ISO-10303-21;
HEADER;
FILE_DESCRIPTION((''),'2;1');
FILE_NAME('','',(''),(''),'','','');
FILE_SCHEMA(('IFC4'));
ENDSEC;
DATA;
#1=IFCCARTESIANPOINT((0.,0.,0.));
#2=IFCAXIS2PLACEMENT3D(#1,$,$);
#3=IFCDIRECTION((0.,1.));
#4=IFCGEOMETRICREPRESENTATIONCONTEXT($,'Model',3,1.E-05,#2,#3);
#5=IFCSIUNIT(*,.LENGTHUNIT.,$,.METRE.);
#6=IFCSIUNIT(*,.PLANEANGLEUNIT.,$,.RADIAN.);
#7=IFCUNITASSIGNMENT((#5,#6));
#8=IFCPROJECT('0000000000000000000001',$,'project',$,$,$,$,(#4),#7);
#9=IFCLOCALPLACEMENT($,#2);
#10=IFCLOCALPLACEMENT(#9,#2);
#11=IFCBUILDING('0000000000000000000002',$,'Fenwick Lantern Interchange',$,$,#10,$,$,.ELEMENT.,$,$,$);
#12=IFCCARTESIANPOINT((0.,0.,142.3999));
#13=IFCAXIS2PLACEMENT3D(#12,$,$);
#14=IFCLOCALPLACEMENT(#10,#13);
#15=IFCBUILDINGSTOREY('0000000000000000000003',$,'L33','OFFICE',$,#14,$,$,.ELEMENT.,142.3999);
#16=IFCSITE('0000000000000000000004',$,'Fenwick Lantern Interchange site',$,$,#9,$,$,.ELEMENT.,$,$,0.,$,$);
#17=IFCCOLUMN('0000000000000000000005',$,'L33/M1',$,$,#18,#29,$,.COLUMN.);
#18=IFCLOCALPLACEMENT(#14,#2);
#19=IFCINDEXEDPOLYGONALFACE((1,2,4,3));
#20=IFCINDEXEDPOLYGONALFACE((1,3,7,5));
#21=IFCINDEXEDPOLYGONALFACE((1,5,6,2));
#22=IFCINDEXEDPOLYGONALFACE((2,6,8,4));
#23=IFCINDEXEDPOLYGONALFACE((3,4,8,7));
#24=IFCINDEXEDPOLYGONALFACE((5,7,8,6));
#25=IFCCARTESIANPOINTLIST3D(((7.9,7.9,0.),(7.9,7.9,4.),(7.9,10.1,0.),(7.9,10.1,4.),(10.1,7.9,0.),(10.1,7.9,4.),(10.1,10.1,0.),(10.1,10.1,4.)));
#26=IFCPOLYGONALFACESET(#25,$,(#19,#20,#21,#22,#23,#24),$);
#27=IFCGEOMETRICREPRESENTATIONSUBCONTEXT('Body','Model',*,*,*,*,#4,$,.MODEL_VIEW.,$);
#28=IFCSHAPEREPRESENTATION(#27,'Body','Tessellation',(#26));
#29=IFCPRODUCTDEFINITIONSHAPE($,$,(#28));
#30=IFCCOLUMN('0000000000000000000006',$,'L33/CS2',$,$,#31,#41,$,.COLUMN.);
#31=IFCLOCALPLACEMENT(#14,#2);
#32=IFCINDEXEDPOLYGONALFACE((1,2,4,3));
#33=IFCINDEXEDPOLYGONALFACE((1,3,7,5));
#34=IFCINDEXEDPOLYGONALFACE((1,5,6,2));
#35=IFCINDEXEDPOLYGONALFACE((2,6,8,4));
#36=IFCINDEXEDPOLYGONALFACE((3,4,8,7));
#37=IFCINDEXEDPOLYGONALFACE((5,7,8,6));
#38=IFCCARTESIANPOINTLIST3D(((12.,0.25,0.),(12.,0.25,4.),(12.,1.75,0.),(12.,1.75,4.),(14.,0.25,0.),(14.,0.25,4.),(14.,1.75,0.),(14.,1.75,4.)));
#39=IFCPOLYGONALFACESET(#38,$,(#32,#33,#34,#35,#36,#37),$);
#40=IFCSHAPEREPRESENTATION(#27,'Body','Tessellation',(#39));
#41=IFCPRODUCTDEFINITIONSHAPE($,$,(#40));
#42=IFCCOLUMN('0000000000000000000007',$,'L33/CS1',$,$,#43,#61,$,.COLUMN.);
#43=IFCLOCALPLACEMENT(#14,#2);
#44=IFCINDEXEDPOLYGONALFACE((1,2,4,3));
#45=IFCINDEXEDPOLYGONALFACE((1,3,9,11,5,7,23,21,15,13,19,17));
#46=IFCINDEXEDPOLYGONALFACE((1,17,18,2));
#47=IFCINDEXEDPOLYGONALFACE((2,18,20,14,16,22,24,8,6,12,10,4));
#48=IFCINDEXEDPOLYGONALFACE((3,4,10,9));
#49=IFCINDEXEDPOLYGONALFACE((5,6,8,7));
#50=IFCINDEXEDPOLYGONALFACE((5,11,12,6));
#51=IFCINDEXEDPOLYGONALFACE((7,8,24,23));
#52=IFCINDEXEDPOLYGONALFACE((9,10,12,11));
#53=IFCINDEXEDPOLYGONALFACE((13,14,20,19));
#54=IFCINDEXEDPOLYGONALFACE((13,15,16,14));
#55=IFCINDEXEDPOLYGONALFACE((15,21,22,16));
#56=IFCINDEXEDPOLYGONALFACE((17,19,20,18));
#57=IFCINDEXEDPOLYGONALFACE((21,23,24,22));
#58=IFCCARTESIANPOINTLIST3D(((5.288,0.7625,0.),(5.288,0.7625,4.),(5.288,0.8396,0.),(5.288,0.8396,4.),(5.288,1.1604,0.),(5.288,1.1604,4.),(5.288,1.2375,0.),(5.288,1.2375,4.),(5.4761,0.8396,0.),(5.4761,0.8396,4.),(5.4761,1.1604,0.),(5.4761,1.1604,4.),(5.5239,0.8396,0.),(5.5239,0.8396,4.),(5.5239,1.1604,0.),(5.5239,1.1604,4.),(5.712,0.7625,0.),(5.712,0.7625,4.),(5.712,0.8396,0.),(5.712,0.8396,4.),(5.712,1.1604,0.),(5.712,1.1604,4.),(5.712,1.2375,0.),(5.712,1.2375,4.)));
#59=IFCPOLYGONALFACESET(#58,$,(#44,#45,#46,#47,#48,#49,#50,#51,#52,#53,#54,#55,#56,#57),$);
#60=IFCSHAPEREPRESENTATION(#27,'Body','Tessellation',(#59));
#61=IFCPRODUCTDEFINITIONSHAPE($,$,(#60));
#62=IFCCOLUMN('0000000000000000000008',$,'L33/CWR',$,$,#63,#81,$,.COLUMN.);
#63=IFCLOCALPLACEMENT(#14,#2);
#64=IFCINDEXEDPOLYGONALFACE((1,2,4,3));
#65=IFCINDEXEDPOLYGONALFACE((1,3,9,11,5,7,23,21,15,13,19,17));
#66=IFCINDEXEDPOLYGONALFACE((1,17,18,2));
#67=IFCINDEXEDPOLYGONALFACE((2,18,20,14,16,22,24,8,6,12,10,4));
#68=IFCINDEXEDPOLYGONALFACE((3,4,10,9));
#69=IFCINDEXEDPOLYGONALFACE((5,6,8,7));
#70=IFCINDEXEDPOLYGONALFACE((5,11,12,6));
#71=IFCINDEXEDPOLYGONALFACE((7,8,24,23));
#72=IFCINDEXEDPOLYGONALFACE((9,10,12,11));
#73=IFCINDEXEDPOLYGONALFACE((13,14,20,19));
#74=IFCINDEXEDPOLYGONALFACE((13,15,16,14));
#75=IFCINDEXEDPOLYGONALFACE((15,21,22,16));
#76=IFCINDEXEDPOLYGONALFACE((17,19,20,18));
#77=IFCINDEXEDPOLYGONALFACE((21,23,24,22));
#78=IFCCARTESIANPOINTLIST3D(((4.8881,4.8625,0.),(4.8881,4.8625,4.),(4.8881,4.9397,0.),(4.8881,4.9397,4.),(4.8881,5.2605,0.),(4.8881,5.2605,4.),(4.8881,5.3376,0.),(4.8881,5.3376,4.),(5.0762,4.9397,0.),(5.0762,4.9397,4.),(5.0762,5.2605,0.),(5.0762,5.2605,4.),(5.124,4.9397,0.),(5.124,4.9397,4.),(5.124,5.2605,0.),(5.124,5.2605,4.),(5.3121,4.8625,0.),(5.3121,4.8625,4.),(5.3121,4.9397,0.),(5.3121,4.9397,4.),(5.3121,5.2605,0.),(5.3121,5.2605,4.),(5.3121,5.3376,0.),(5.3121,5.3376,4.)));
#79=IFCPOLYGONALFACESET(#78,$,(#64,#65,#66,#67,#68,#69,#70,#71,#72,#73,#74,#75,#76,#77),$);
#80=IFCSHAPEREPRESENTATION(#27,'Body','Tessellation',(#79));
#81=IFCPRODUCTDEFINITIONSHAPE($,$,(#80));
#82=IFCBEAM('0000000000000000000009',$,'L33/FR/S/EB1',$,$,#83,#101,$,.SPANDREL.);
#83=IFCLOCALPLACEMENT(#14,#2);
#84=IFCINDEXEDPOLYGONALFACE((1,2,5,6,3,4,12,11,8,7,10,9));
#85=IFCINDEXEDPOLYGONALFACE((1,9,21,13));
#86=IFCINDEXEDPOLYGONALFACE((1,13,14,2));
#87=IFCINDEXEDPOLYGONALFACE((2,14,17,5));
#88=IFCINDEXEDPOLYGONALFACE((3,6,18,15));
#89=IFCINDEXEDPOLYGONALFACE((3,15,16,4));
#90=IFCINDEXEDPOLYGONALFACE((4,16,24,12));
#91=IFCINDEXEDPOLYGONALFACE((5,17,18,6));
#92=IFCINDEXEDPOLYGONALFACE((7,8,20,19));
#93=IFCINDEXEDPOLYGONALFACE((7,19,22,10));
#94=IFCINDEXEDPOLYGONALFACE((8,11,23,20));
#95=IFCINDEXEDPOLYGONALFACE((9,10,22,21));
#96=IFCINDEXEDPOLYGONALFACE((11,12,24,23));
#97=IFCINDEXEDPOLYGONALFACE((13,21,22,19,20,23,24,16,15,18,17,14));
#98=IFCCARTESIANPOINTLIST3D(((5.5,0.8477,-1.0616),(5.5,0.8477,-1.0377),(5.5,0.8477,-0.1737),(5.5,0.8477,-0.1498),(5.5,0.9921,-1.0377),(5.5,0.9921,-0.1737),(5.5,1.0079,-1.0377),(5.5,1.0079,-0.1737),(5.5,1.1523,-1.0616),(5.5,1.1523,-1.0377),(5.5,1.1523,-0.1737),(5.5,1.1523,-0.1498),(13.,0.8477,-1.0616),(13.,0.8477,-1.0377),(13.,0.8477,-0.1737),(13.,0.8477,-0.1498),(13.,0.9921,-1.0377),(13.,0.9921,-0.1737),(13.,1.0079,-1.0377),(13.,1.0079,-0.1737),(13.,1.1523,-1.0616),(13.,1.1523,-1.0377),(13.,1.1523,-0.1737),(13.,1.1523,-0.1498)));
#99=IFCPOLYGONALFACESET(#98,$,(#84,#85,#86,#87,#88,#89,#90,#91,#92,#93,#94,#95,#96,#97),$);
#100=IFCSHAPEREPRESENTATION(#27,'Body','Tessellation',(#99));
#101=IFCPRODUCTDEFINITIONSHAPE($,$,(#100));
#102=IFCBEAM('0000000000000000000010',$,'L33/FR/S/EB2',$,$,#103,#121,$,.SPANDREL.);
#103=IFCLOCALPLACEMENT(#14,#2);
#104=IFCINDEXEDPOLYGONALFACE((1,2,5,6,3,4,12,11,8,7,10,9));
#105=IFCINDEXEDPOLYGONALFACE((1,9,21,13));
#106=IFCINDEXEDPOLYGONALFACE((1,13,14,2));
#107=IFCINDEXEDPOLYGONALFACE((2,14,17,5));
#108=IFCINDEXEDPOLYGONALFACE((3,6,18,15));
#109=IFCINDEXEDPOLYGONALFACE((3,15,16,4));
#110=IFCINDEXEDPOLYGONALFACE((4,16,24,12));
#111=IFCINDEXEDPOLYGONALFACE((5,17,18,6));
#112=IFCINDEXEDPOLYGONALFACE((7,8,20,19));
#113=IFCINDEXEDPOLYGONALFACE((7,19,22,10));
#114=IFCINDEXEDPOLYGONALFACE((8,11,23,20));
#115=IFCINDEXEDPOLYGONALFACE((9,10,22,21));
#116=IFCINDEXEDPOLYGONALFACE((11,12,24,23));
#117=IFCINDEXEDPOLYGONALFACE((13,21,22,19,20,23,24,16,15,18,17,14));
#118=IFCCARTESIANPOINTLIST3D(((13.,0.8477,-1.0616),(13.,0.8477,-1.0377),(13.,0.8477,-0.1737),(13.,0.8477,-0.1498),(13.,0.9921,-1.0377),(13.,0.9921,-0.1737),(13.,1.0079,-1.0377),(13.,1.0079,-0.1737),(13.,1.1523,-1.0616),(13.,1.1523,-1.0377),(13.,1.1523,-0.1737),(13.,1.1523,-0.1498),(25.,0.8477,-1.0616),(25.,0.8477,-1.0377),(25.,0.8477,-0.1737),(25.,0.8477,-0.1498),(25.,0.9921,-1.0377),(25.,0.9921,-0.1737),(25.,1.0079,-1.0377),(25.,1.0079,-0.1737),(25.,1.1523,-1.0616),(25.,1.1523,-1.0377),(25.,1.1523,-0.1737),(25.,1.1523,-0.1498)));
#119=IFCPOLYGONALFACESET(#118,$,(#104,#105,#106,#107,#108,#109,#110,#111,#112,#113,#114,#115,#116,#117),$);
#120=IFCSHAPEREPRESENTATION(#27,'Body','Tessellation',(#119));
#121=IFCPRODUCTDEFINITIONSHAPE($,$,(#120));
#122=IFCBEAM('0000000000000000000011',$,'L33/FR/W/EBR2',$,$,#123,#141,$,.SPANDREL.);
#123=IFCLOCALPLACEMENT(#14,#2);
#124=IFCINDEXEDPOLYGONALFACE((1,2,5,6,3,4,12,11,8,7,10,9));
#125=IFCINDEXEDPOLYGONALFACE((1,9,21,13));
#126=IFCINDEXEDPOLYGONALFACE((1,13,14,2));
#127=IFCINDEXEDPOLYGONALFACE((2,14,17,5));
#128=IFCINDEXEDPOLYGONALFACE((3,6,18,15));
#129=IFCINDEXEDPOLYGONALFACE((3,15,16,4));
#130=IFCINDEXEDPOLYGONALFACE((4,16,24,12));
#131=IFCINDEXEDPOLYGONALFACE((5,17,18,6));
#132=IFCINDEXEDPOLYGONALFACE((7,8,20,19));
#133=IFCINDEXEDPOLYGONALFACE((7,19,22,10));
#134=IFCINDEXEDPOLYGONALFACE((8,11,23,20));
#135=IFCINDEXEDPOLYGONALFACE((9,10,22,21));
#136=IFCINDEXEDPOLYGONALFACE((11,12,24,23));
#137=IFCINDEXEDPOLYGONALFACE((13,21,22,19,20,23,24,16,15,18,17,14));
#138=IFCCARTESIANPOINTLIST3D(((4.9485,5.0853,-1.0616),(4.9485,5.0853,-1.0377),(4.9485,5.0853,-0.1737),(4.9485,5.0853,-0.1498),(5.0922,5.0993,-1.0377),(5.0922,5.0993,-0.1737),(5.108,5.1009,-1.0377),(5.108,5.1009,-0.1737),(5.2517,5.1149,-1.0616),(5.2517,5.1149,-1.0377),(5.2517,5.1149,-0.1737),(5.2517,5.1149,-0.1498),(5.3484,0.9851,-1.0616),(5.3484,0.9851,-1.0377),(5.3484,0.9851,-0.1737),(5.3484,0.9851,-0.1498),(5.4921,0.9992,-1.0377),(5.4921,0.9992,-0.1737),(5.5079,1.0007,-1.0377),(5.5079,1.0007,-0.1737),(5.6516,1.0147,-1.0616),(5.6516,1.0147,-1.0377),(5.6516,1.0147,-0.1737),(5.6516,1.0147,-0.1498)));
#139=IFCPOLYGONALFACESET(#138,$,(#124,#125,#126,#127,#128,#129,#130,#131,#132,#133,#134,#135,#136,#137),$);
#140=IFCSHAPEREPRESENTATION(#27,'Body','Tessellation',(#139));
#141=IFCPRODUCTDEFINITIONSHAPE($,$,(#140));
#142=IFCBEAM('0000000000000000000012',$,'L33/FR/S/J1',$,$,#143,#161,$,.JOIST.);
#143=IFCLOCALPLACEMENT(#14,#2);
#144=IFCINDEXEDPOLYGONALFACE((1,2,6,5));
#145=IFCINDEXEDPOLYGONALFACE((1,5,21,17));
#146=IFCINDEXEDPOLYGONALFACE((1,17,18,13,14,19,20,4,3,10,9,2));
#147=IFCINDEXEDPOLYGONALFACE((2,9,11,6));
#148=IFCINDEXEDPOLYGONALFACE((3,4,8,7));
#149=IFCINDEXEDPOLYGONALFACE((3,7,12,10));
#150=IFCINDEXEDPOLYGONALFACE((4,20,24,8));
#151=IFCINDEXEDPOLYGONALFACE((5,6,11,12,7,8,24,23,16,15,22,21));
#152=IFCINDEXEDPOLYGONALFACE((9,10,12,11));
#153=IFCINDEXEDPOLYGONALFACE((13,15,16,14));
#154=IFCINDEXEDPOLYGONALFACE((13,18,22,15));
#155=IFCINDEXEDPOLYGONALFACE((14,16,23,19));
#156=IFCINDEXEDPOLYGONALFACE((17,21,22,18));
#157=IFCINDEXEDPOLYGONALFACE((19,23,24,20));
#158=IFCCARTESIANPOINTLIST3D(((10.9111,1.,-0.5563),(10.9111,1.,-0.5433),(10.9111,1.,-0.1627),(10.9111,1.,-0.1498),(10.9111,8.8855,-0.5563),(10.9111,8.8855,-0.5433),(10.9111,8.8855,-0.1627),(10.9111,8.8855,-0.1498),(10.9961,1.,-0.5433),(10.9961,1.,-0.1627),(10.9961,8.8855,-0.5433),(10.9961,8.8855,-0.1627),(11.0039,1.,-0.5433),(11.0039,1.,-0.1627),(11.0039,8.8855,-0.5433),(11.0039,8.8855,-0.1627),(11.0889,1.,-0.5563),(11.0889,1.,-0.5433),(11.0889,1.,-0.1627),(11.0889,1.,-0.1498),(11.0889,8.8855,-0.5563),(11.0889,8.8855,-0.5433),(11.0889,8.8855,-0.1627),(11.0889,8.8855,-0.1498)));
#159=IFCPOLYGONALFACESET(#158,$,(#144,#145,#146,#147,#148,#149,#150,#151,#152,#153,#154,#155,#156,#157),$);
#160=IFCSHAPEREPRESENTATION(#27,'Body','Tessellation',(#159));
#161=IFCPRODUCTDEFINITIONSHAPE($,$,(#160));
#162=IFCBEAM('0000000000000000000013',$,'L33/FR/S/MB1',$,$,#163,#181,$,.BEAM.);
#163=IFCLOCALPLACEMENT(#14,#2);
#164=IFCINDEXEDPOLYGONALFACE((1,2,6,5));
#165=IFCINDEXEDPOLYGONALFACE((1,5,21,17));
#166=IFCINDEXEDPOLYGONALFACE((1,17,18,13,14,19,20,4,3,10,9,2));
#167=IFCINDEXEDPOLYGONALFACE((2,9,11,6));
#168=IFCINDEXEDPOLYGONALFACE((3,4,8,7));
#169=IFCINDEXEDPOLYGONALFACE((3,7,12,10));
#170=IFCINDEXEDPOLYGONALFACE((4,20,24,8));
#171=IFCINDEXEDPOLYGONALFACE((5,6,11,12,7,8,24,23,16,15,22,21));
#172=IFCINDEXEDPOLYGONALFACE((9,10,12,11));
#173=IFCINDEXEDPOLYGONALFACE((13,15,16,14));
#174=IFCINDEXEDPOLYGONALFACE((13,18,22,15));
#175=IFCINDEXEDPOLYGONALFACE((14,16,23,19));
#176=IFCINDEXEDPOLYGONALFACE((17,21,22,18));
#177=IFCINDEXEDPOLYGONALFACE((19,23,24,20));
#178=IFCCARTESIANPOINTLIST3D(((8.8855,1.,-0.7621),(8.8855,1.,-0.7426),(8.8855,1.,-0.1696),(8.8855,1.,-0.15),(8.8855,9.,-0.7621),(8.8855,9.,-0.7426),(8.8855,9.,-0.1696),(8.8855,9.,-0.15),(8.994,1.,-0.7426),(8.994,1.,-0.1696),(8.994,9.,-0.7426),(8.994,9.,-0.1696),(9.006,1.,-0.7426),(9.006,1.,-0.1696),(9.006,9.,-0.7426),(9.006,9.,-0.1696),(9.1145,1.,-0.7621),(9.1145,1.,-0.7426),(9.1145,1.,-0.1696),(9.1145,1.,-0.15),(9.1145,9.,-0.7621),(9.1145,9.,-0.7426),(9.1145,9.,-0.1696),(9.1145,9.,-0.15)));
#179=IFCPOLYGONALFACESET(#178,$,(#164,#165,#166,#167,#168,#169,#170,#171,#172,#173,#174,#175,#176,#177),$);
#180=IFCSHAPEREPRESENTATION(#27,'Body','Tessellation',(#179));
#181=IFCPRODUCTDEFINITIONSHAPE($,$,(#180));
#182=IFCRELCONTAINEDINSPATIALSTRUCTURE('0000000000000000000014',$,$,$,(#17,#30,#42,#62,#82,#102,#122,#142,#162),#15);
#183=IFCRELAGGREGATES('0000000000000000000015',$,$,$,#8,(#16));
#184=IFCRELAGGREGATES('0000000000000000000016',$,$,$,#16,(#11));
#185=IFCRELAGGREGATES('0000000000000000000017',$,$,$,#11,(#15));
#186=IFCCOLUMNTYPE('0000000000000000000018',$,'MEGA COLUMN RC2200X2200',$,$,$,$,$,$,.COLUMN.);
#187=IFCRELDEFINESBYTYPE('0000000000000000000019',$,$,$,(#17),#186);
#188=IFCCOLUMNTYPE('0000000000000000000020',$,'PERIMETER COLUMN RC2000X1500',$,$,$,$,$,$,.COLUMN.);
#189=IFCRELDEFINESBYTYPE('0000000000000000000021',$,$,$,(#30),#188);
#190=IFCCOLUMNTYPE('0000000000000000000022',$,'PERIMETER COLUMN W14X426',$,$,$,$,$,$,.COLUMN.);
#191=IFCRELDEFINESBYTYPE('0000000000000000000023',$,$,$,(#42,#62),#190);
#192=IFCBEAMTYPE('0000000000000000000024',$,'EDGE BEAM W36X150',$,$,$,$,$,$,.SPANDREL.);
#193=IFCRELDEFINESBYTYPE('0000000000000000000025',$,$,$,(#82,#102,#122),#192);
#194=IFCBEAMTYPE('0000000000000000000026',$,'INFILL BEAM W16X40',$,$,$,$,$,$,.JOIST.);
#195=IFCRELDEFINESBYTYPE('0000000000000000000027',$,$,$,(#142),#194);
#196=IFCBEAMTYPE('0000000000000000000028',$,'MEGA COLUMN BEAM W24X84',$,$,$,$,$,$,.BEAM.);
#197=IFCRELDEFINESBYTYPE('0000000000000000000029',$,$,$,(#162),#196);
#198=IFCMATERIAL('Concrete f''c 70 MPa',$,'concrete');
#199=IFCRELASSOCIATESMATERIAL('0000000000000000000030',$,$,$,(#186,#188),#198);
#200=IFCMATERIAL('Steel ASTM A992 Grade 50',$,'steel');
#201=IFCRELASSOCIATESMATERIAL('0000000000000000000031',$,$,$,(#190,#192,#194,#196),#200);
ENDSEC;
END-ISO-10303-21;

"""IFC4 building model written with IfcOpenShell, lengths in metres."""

from ifc_helpers import new_model, si_unit, direction, frame, origin, origin_2d, place, context, subcontext, project, spatial, rectangle, i_section, extrude, material, material_profile, profile_set, type_object, element, save


model = new_model("IFC4")

# Units and contexts
model_context = context("Model", 3, precision=1e-05, world=origin(), true_north=direction((0.0, 1.0)))
body_context = subcontext(model_context, "Body", "Model", "MODEL_VIEW")
ifc_project = project(units=[si_unit("LENGTHUNIT", "METRE"), si_unit("PLANEANGLEUNIT", "RADIAN")], contexts=[model_context])

# Site, building, storey
site_placement = place(None, origin())
site = spatial("IfcSite", under=ifc_project, at=site_placement, Name="Fenwick Lantern Interchange site", CompositionType="ELEMENT", RefElevation=0.0)
building_placement = place(site_placement, origin())
building = spatial("IfcBuilding", under=site, at=building_placement, Name="Fenwick Lantern Interchange", CompositionType="ELEMENT")
storey_placement = place(building_placement, frame((0.0, 0.0, 142.3999)))
storey = spatial("IfcBuildingStorey", under=building, at=storey_placement, Name="L33", Description="OFFICE", CompositionType="ELEMENT", Elevation=142.3999)

# Columns
ifc_material_1 = material(Name="Concrete f'c 70 MPa", Category="concrete")
ifc_material_profile_1 = material_profile(ifc_material_1, rectangle(XDim=2.2, YDim=2.2, at=origin_2d()), Name="RC2200X2200")
ifc_profile_set_1 = profile_set([ifc_material_profile_1], Name="Concrete f'c 70 MPa")
column_type_1 = type_object("IfcColumnType", Name="MEGA COLUMN RC2200X2200", PredefinedType="COLUMN", material=ifc_profile_set_1)
column_1_placement = place(storey_placement, frame((9.0, 9.0, 0.0), z_axis=(0.0, 0.0, 1.0), x_axis=(1.0, 0.0, 0.0)))
element("IfcColumn", 1, at=column_1_placement, inside=storey, type_object=column_type_1, Name="L33/M1", PredefinedType="COLUMN", context=body_context, shape_type="SweptSolid", body=[
    extrude(rectangle(XDim=2.2, YDim=2.2, at=origin_2d()), origin(), (0.0, 0.0, 1.0), 4.0),
])
ifc_material_profile_2 = material_profile(ifc_material_1, rectangle(XDim=2.0, YDim=1.5, at=origin_2d()), Name="RC2000X1500")
ifc_profile_set_2 = profile_set([ifc_material_profile_2], Name="Concrete f'c 70 MPa")
column_type_2 = type_object("IfcColumnType", Name="PERIMETER COLUMN RC2000X1500", PredefinedType="COLUMN", material=ifc_profile_set_2)
column_2_placement = place(storey_placement, frame((13.0, 1.0, 0.0), z_axis=(0.0, 0.0, 1.0), x_axis=(1.0, 0.0, 0.0)))
element("IfcColumn", 2, at=column_2_placement, inside=storey, type_object=column_type_2, Name="L33/CS2", PredefinedType="COLUMN", context=body_context, shape_type="SweptSolid", body=[
    extrude(rectangle(XDim=2.0, YDim=1.5, at=origin_2d()), origin(), (0.0, 0.0, 1.0), 4.0),
])
ifc_material_2 = material(Name="Steel ASTM A992 Grade 50", Category="steel")
ifc_material_profile_3 = material_profile(ifc_material_2, i_section(OverallWidth=0.4241, OverallDepth=0.4751, WebThickness=0.0479, FlangeThickness=0.0771, at=origin_2d()), Name="W14X426")
ifc_profile_set_3 = profile_set([ifc_material_profile_3], Name="Steel ASTM A992 Grade 50")
column_type_3 = type_object("IfcColumnType", Name="PERIMETER COLUMN W14X426", PredefinedType="COLUMN", material=ifc_profile_set_3)
for number, where, z_axis, x_axis, name in (
    (3, (5.5, 1.0, 0.0), (0.0, 0.0, 1.0), (1.0, 0.0, 0.0), "L33/CS1"),
    (4, (5.1001, 5.1001, 0.0), (0.0, 0.0, 1.0), (1.0, 0.0, 0.0), "L33/CWR"),
):
    element("IfcColumn", number, at=place(storey_placement, frame(where, z_axis=z_axis, x_axis=x_axis)), inside=storey, type_object=column_type_3, Name=name, PredefinedType="COLUMN", context=body_context, shape_type="SweptSolid", body=[
        extrude(i_section(OverallWidth=0.4241, OverallDepth=0.4751, WebThickness=0.0479, FlangeThickness=0.0771, at=origin_2d()), origin(), (0.0, 0.0, 1.0), 4.0),
    ])

# Beams
ifc_material_profile_4 = material_profile(ifc_material_2, i_section(OverallWidth=0.3047, OverallDepth=0.9119, WebThickness=0.0159, FlangeThickness=0.0239, at=origin_2d()), Name="W36X150")
ifc_profile_set_4 = profile_set([ifc_material_profile_4], Name="Steel ASTM A992 Grade 50")
beam_type_1 = type_object("IfcBeamType", Name="EDGE BEAM W36X150", PredefinedType="SPANDREL", material=ifc_profile_set_4)
beam_1_placement = place(storey_placement, frame((5.5, 1.0, -0.6057), z_axis=(1.0, 0.0, 0.0), x_axis=(0.0, 1.0, 0.0)))
element("IfcBeam", 5, at=beam_1_placement, inside=storey, type_object=beam_type_1, Name="L33/FR/S/EB1", PredefinedType="SPANDREL", context=body_context, shape_type="SweptSolid", body=[
    extrude(i_section(OverallWidth=0.3047, OverallDepth=0.9119, WebThickness=0.0159, FlangeThickness=0.0239, at=origin_2d()), origin(), (0.0, 0.0, 1.0), 7.5),
])
beam_2_placement = place(storey_placement, frame((13.0, 1.0, -0.6057), z_axis=(1.0, 0.0, 0.0), x_axis=(0.0, 1.0, 0.0)))
element("IfcBeam", 6, at=beam_2_placement, inside=storey, type_object=beam_type_1, Name="L33/FR/S/EB2", PredefinedType="SPANDREL", context=body_context, shape_type="SweptSolid", body=[
    extrude(i_section(OverallWidth=0.3047, OverallDepth=0.9119, WebThickness=0.0159, FlangeThickness=0.0239, at=origin_2d()), origin(), (0.0, 0.0, 1.0), 12.0),
])
beam_3_placement = place(storey_placement, frame((5.1001, 5.1001, -0.6057), z_axis=(0.097074, -0.995277, 0.0), x_axis=(0.995277, 0.097074, 0.0)))
element("IfcBeam", 7, at=beam_3_placement, inside=storey, type_object=beam_type_1, Name="L33/FR/W/EBR2", PredefinedType="SPANDREL", context=body_context, shape_type="SweptSolid", body=[
    extrude(i_section(OverallWidth=0.3047, OverallDepth=0.9119, WebThickness=0.0159, FlangeThickness=0.0239, at=origin_2d()), origin(), (0.0, 0.0, 1.0), 4.1196),
])
ifc_material_profile_5 = material_profile(ifc_material_2, i_section(OverallWidth=0.1777, OverallDepth=0.4065, WebThickness=0.0078, FlangeThickness=0.0129, at=origin_2d()), Name="W16X40")
ifc_profile_set_5 = profile_set([ifc_material_profile_5], Name="Steel ASTM A992 Grade 50")
beam_type_2 = type_object("IfcBeamType", Name="INFILL BEAM W16X40", PredefinedType="JOIST", material=ifc_profile_set_5)
beam_4_placement = place(storey_placement, frame((11.0, 1.0, -0.353), z_axis=(0.0, 1.0, 0.0), x_axis=(-1.0, 0.0, 0.0)))
element("IfcBeam", 8, at=beam_4_placement, inside=storey, type_object=beam_type_2, Name="L33/FR/S/J1", PredefinedType="JOIST", context=body_context, shape_type="SweptSolid", body=[
    extrude(i_section(OverallWidth=0.1777, OverallDepth=0.4065, WebThickness=0.0078, FlangeThickness=0.0129, at=origin_2d()), origin(), (0.0, 0.0, 1.0), 7.8855),
])
ifc_material_profile_6 = material_profile(ifc_material_2, i_section(OverallWidth=0.229, OverallDepth=0.6121, WebThickness=0.012, FlangeThickness=0.0195, at=origin_2d()), Name="W24X84")
ifc_profile_set_6 = profile_set([ifc_material_profile_6], Name="Steel ASTM A992 Grade 50")
beam_type_3 = type_object("IfcBeamType", Name="MEGA COLUMN BEAM W24X84", PredefinedType="BEAM", material=ifc_profile_set_6)
for number, where, z_axis, x_axis, name in (
    (9, (9.0, 9.0, -0.4561), (0.0, -1.0, 0.0), (1.0, 0.0, 0.0), "L33/FR/S/MB1"),
):
    element("IfcBeam", number, at=place(storey_placement, frame(where, z_axis=z_axis, x_axis=x_axis)), inside=storey, type_object=beam_type_3, Name=name, PredefinedType="BEAM", context=body_context, shape_type="SweptSolid", body=[
        extrude(i_section(OverallWidth=0.229, OverallDepth=0.6121, WebThickness=0.012, FlangeThickness=0.0195, at=origin_2d()), origin(), (0.0, 0.0, 1.0), 8.0),
    ])

save(model, "model.ifc")
